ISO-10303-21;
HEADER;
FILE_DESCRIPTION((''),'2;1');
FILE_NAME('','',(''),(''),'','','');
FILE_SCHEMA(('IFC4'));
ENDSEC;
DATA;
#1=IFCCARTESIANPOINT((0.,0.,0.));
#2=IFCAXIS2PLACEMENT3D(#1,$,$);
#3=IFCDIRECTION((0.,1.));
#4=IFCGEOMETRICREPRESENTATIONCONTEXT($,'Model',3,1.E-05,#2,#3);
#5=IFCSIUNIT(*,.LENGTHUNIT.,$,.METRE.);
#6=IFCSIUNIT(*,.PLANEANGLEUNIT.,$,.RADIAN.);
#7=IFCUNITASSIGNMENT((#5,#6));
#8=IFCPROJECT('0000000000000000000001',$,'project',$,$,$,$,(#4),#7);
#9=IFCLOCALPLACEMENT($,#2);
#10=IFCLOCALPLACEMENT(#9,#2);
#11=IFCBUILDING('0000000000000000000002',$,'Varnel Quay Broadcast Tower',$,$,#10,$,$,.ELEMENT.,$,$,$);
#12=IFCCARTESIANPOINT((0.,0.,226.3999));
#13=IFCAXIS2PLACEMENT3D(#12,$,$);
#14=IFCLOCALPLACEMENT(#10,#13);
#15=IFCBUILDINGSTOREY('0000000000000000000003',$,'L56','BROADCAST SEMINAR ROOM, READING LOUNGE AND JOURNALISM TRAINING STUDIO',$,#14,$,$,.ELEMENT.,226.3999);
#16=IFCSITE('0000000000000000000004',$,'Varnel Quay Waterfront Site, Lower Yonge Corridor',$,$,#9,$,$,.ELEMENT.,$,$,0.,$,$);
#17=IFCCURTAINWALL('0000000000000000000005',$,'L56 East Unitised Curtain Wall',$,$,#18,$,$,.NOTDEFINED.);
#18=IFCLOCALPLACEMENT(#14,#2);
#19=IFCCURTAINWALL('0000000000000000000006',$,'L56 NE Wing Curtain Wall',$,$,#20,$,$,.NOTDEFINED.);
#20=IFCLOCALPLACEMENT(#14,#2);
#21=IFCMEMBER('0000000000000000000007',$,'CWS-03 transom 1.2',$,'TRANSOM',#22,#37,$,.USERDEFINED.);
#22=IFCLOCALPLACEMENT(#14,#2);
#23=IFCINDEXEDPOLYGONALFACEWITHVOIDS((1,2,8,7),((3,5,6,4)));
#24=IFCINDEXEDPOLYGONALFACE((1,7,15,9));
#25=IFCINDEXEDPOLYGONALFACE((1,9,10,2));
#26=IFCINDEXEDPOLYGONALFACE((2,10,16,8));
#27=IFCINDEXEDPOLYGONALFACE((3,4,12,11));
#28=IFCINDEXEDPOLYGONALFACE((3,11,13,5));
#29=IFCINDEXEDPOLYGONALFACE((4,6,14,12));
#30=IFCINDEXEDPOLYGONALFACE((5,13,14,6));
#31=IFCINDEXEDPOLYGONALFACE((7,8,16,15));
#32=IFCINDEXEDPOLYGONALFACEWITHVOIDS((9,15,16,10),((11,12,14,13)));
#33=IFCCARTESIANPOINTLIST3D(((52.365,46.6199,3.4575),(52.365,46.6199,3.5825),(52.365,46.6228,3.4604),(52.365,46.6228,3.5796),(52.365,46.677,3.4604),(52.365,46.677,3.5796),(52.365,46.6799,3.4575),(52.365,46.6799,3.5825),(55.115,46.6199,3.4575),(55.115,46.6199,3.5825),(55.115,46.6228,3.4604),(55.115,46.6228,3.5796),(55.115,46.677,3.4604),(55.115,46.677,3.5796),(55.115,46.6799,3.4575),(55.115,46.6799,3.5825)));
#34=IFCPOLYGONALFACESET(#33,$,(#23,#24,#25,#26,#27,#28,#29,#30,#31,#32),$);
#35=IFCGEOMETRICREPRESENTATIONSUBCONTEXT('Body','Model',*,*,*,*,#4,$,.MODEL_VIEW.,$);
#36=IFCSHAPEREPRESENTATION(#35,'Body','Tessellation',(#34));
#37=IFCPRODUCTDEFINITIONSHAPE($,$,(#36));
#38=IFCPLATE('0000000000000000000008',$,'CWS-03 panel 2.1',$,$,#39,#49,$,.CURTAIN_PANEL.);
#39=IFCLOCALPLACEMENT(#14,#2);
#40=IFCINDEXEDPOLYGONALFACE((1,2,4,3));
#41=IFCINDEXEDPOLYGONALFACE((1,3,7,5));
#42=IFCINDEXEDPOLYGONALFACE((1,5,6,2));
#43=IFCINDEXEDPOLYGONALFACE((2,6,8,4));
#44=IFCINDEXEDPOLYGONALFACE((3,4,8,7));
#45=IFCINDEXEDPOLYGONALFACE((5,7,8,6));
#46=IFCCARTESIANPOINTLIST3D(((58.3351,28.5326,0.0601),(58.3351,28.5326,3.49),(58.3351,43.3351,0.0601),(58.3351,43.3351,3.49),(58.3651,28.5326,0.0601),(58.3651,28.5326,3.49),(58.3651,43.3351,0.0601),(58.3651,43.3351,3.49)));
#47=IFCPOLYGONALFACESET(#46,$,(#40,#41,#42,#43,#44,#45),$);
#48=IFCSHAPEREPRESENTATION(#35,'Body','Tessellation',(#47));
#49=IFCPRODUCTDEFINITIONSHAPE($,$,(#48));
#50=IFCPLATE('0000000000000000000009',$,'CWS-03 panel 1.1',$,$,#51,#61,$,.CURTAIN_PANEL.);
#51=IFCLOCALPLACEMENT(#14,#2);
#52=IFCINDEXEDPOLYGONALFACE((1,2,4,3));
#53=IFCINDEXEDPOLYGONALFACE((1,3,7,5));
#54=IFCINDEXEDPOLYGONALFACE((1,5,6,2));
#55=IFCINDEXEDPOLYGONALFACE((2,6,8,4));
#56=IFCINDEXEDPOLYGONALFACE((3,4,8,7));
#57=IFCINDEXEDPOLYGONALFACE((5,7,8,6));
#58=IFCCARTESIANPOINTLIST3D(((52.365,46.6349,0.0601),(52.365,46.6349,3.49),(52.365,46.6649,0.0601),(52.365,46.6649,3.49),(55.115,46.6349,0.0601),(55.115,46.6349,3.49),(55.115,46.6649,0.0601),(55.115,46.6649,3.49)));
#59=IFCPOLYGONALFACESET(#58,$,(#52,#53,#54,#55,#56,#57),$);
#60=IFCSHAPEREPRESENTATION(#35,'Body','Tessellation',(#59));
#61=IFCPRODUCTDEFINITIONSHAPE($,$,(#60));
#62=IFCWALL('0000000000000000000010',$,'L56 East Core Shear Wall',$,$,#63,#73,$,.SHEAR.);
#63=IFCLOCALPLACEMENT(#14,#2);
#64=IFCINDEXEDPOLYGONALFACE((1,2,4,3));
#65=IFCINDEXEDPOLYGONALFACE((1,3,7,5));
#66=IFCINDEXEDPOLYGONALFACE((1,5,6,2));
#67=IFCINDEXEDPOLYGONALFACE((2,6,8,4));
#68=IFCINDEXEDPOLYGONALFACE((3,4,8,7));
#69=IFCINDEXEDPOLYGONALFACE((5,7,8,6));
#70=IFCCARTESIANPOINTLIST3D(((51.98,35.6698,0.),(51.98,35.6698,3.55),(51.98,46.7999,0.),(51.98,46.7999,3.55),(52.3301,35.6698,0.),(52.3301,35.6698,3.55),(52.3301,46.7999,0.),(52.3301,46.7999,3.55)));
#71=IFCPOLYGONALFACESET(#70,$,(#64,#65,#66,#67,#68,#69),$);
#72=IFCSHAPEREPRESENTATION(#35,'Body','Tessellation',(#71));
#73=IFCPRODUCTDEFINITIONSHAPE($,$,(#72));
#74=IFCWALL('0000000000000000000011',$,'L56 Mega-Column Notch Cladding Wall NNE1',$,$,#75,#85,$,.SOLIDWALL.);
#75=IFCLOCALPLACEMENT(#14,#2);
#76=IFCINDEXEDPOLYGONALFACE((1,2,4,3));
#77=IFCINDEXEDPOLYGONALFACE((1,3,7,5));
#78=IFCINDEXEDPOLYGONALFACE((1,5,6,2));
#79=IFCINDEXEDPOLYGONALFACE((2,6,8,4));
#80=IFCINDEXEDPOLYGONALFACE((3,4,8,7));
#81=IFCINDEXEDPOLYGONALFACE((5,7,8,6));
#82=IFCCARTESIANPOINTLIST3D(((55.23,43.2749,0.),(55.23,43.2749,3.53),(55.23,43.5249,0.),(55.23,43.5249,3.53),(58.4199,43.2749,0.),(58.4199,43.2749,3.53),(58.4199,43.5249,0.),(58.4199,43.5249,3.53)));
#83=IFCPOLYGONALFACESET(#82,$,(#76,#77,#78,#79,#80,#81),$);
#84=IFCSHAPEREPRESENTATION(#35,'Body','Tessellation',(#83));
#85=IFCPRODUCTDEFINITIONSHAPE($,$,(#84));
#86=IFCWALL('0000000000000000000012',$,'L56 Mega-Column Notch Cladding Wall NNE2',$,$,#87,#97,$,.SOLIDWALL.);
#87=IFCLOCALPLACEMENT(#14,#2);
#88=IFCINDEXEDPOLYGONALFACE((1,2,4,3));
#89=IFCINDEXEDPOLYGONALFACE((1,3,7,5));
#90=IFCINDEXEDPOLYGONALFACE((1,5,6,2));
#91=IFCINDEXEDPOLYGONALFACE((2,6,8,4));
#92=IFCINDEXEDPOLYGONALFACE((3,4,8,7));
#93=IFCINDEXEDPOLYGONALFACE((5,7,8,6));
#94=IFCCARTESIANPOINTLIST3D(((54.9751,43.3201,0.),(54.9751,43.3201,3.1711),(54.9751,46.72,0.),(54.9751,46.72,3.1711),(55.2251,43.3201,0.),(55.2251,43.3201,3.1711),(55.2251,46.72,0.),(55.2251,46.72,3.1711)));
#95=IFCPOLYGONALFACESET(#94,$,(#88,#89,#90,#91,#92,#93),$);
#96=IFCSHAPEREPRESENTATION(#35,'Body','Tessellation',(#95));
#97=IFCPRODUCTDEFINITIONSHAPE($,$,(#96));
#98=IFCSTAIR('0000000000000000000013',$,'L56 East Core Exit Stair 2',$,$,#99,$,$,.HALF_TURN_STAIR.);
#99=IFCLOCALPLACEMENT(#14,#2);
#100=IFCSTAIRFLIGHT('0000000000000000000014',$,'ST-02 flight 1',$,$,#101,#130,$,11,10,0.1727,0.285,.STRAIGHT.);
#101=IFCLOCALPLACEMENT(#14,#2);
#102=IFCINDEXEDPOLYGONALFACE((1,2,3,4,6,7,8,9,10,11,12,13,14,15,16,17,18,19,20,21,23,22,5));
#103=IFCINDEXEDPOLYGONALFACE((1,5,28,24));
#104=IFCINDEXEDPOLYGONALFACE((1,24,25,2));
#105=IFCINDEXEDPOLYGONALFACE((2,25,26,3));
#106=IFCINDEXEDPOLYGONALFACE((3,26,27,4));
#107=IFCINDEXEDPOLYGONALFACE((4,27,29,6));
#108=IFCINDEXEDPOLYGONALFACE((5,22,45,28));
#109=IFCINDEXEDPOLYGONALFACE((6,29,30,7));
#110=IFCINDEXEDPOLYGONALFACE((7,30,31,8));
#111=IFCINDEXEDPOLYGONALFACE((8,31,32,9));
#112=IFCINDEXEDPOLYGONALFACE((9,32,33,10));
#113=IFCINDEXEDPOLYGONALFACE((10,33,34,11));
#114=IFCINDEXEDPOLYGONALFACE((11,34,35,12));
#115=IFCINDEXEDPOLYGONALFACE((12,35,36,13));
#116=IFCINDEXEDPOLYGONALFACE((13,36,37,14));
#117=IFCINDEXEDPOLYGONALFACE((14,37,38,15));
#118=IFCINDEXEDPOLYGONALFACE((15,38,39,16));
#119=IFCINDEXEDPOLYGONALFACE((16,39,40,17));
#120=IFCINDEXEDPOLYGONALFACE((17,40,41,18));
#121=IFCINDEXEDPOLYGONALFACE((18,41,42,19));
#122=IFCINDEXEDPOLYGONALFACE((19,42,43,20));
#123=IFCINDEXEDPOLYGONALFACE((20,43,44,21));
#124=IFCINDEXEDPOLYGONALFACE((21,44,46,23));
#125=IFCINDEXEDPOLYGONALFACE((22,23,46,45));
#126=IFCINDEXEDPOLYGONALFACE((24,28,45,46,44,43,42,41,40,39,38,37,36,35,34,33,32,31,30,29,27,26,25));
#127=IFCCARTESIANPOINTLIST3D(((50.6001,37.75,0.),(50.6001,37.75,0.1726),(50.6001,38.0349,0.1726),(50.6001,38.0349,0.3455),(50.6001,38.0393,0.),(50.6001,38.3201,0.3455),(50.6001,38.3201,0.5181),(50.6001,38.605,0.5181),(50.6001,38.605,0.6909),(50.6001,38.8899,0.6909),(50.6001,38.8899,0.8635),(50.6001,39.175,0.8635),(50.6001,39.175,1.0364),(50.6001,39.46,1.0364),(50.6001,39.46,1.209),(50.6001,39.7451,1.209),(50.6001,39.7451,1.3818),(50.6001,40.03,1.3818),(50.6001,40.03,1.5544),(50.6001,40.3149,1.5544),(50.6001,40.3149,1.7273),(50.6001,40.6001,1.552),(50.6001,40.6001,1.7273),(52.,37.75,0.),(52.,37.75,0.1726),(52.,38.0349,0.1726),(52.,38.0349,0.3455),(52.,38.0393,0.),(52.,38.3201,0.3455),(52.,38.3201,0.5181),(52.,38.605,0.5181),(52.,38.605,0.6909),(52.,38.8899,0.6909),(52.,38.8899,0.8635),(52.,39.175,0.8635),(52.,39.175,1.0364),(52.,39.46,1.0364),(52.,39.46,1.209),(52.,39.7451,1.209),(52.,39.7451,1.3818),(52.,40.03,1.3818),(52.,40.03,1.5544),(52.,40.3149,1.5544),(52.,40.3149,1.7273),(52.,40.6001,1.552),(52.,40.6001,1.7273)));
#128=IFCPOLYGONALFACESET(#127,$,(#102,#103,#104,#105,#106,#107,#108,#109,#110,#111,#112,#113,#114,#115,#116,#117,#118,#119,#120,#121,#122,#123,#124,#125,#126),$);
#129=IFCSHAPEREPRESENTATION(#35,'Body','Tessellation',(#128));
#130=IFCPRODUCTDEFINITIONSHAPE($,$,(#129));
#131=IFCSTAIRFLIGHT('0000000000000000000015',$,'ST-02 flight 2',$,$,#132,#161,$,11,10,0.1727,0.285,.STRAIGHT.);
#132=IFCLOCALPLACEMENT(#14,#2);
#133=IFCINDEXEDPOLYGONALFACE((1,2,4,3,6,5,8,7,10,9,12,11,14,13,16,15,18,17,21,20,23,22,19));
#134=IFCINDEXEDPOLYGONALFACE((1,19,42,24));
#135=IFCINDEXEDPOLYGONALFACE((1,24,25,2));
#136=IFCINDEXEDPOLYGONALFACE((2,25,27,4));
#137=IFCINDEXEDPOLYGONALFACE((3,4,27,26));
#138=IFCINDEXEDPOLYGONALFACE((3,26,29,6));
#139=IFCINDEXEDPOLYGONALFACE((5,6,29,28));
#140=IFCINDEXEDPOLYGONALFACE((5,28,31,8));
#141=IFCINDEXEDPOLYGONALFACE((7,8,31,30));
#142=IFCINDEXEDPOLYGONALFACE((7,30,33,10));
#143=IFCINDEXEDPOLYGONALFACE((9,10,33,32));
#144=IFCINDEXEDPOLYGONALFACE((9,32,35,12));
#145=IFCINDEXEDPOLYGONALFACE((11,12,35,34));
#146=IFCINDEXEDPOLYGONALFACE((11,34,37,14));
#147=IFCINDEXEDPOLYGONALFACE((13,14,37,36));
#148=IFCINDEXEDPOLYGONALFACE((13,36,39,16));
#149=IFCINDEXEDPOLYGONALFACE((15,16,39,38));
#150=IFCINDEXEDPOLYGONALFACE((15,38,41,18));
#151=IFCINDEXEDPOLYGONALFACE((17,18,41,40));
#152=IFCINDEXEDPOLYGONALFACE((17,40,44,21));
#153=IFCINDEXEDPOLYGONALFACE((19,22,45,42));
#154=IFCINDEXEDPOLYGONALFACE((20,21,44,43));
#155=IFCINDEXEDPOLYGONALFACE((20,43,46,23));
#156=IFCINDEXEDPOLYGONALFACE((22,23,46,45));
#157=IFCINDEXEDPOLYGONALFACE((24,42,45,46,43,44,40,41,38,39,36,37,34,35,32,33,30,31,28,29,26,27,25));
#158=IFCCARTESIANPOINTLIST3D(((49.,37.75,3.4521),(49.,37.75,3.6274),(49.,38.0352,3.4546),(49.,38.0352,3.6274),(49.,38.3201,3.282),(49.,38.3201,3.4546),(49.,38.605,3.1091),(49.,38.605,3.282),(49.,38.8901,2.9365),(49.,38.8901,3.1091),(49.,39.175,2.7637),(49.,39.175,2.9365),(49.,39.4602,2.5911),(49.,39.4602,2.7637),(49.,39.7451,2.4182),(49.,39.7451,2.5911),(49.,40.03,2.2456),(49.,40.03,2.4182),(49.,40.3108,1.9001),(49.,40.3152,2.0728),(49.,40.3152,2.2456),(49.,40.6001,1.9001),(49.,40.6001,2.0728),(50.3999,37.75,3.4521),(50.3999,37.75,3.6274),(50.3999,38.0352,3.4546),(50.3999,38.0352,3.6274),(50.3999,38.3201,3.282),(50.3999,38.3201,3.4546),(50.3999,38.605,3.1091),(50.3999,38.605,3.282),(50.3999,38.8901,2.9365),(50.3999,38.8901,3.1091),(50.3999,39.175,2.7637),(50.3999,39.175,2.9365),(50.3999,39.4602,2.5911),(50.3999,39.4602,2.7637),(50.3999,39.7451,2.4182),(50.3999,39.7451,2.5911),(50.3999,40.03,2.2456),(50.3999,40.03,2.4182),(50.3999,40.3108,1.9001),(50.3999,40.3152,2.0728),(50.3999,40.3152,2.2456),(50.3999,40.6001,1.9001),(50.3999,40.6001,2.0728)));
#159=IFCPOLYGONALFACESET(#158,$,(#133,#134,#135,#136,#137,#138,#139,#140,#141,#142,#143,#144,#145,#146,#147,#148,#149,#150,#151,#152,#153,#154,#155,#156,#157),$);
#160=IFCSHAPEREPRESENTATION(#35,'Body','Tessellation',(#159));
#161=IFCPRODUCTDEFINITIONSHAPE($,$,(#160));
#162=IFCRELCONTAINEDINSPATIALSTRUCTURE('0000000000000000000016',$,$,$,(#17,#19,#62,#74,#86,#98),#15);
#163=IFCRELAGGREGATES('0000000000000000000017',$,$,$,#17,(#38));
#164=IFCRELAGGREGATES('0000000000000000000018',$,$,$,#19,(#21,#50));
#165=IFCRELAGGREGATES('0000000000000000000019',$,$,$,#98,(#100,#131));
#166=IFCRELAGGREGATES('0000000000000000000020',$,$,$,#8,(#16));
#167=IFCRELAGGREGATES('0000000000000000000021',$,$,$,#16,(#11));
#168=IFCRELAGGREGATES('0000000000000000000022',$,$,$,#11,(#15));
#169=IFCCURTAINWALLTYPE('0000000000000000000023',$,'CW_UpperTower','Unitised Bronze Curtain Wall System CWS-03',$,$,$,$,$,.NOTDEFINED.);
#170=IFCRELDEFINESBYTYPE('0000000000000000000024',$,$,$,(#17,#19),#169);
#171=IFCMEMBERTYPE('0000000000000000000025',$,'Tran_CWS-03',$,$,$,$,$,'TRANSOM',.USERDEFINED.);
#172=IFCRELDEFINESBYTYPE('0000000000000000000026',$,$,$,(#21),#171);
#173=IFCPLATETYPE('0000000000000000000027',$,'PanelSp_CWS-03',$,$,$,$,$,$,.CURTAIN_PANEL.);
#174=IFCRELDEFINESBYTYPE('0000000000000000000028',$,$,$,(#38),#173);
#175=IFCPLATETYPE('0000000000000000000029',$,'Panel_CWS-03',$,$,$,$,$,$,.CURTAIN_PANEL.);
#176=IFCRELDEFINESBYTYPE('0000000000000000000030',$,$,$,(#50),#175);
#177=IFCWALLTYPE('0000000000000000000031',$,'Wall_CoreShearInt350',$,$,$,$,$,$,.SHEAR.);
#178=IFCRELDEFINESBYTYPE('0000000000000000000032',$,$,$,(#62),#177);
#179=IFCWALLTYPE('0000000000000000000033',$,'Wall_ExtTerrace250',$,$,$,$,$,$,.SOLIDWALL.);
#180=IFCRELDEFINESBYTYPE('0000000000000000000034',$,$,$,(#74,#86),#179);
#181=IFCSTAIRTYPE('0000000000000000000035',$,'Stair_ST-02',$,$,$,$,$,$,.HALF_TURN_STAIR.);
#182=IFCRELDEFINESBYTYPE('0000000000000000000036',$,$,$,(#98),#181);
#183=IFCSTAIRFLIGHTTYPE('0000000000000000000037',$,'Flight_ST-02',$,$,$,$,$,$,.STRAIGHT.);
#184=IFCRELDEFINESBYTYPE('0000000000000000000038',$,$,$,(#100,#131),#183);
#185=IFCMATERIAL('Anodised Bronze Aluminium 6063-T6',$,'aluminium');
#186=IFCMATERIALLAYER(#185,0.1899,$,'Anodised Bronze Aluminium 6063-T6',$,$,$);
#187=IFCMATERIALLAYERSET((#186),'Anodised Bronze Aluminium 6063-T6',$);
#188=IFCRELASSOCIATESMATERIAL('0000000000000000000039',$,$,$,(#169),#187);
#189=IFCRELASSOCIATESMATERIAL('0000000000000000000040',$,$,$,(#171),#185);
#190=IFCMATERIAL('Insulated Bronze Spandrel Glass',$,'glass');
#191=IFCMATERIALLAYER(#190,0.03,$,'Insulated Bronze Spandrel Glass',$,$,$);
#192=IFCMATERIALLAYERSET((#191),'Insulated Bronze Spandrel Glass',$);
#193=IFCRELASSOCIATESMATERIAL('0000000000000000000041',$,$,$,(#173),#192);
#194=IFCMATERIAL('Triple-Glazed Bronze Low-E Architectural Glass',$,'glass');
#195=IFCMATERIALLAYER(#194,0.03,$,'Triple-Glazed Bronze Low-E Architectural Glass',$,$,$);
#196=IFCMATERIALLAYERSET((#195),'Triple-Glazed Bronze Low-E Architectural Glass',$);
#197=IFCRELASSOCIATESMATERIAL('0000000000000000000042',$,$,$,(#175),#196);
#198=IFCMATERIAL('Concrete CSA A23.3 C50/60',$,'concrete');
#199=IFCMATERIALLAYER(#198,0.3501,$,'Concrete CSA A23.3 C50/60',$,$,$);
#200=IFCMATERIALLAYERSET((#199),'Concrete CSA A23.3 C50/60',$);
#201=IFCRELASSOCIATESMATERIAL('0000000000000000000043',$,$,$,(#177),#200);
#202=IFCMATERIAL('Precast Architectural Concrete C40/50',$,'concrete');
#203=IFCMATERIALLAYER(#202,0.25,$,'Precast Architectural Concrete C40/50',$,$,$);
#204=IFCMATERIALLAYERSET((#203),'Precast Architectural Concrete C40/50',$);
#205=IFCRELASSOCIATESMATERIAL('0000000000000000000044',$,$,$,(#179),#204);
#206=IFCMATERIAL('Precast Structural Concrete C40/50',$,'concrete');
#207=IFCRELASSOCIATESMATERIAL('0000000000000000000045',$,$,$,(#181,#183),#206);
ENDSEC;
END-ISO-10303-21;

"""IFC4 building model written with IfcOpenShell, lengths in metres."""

from ifc_helpers import new_model, si_unit, direction, frame, frame_2d, origin, origin_2d, place, context, subcontext, project, spatial, polyline, rectangle, hollow_rectangle, outline, extrude, source, transform, mapped, material, layer, layer_set, material_profile, profile_set, type_object, type_shapes, element, aggregate, save


model = new_model("IFC4")

# Units and contexts
model_context = context("Model", 3, precision=1e-05, world=origin(), true_north=direction((0.0, 1.0)))
body_context = subcontext(model_context, "Body", "Model", "MODEL_VIEW")
ifc_project = project(units=[si_unit("LENGTHUNIT", "METRE"), si_unit("PLANEANGLEUNIT", "RADIAN")], contexts=[model_context])

# Site, building, storey
site_placement = place(None, origin())
site = spatial("IfcSite", under=ifc_project, at=site_placement, Name="Varnel Quay Waterfront Site, Lower Yonge Corridor", CompositionType="ELEMENT", RefElevation=0.0)
building_placement = place(site_placement, origin())
building = spatial("IfcBuilding", under=site, at=building_placement, Name="Varnel Quay Broadcast Tower", CompositionType="ELEMENT")
storey_placement = place(building_placement, frame((0.0, 0.0, 226.3999)))
storey = spatial("IfcBuildingStorey", under=building, at=storey_placement, Name="L56", Description="BROADCAST SEMINAR ROOM, READING LOUNGE AND JOURNALISM TRAINING STUDIO", CompositionType="ELEMENT", Elevation=226.3999)

# Curtain wall
ifc_material_1 = material(Name="Anodised Bronze Aluminium 6063-T6", Category="aluminium")
ifc_layer_1 = layer(ifc_material_1, 0.1899, Name="Anodised Bronze Aluminium 6063-T6")
ifc_layer_set_1 = layer_set([ifc_layer_1], Name="Anodised Bronze Aluminium 6063-T6")
curtain_wall_type = type_object("IfcCurtainWallType", Name="CW_UpperTower", Description="Unitised Bronze Curtain Wall System CWS-03", PredefinedType="NOTDEFINED", material=ifc_layer_set_1)
curtain_wall_1_placement = place(storey_placement, origin())
curtain_wall_1 = element("IfcCurtainWall", 1, at=curtain_wall_1_placement, inside=storey, type_object=curtain_wall_type, Name="L56 East Unitised Curtain Wall", PredefinedType="NOTDEFINED")

# Curtain wall, member
curtain_wall_2_placement = place(storey_placement, origin())
curtain_wall_2 = element("IfcCurtainWall", 2, at=curtain_wall_2_placement, inside=storey, type_object=curtain_wall_type, Name="L56 NE Wing Curtain Wall", PredefinedType="NOTDEFINED")
ifc_material_profile_1 = material_profile(ifc_material_1, hollow_rectangle(XDim=0.0601, YDim=0.125, WallThickness=0.0029, at=origin_2d()), Name="ALU60X125X3")
ifc_profile_set_1 = profile_set([ifc_material_profile_1], Name="Anodised Bronze Aluminium 6063-T6")
member_type_1 = type_object("IfcMemberType", Name="Tran_CWS-03", ElementType="TRANSOM", PredefinedType="USERDEFINED", material=ifc_profile_set_1)
shared_shape_1 = source(origin(), body_context, "Body", "SweptSolid", [
    extrude(hollow_rectangle(XDim=0.0601, YDim=0.125, WallThickness=0.0029, at=origin_2d()), origin(), (0.0, 0.0, 1.0), 2.75),
])
type_shapes(member_type_1, [shared_shape_1])
member_1_placement = place(storey_placement, frame((52.365, 46.6499, 3.52), z_axis=(1.0, 0.0, 0.0), x_axis=(0.0, 1.0, 0.0)))
member_1 = element("IfcMember", 3, at=member_1_placement, type_object=member_type_1, Name="CWS-03 transom 1.2", ObjectType="TRANSOM", PredefinedType="USERDEFINED", context=body_context, shape_type="MappedRepresentation", body=[
    mapped(shared_shape_1, transform((0.0, 0.0, 0.0), x_axis=(1.0, 0.0, 0.0), y_axis=(0.0, 1.0, 0.0), z_axis=(0.0, 0.0, 1.0), scale=1.0)),
])

# Plates
ifc_material_2 = material(Name="Insulated Bronze Spandrel Glass", Category="glass")
ifc_layer_2 = layer(ifc_material_2, 0.03, Name="Insulated Bronze Spandrel Glass")
ifc_layer_set_2 = layer_set([ifc_layer_2], Name="Insulated Bronze Spandrel Glass")
plate_type_1 = type_object("IfcPlateType", Name="PanelSp_CWS-03", PredefinedType="CURTAIN_PANEL", material=ifc_layer_set_2)
shared_shape_2 = source(origin(), body_context, "Body", "SweptSolid", [
    extrude(rectangle(XDim=14.8025, YDim=0.03, at=origin_2d()), origin(), (0.0, 0.0, 1.0), 3.4299),
])
type_shapes(plate_type_1, [shared_shape_2])
plate_1_placement = place(storey_placement, frame((58.3501, 35.9338, 0.0601), z_axis=(0.0, 0.0, 1.0), x_axis=(0.0, 1.0, 0.0)))
plate_1 = element("IfcPlate", 4, at=plate_1_placement, type_object=plate_type_1, Name="CWS-03 panel 2.1", PredefinedType="CURTAIN_PANEL", context=body_context, shape_type="MappedRepresentation", body=[
    mapped(shared_shape_2, transform((0.0, 0.0, 0.0), x_axis=(1.0, 0.0, 0.0), y_axis=(0.0, 1.0, 0.0), z_axis=(0.0, 0.0, 1.0), scale=1.0)),
])
aggregate(curtain_wall_1, [plate_1])
ifc_material_3 = material(Name="Triple-Glazed Bronze Low-E Architectural Glass", Category="glass")
ifc_layer_3 = layer(ifc_material_3, 0.03, Name="Triple-Glazed Bronze Low-E Architectural Glass")
ifc_layer_set_3 = layer_set([ifc_layer_3], Name="Triple-Glazed Bronze Low-E Architectural Glass")
plate_type_2 = type_object("IfcPlateType", Name="Panel_CWS-03", PredefinedType="CURTAIN_PANEL", material=ifc_layer_set_3)
shared_shape_3 = source(origin(), body_context, "Body", "SweptSolid", [
    extrude(rectangle(XDim=2.75, YDim=0.03, at=origin_2d()), origin(), (0.0, 0.0, 1.0), 3.4299),
])
type_shapes(plate_type_2, [shared_shape_3])
plate_2_placement = place(storey_placement, frame((53.74, 46.6499, 0.0601), z_axis=(0.0, 0.0, 1.0), x_axis=(1.0, 0.0, 0.0)))
plate_2 = element("IfcPlate", 5, at=plate_2_placement, type_object=plate_type_2, Name="CWS-03 panel 1.1", PredefinedType="CURTAIN_PANEL", context=body_context, shape_type="MappedRepresentation", body=[
    mapped(shared_shape_3, transform((0.0, 0.0, 0.0), x_axis=(1.0, 0.0, 0.0), y_axis=(0.0, 1.0, 0.0), z_axis=(0.0, 0.0, 1.0), scale=1.0)),
])
aggregate(curtain_wall_2, [member_1, plate_2])

# Walls
ifc_material_4 = material(Name="Concrete CSA A23.3 C50/60", Category="concrete")
ifc_layer_4 = layer(ifc_material_4, 0.3501, Name="Concrete CSA A23.3 C50/60")
ifc_layer_set_4 = layer_set([ifc_layer_4], Name="Concrete CSA A23.3 C50/60")
wall_type_1 = type_object("IfcWallType", Name="Wall_CoreShearInt350", PredefinedType="SHEAR", material=ifc_layer_set_4)
wall_1_placement = place(storey_placement, frame((52.155, 35.6699, 0.0), z_axis=(0.0, 0.0, 1.0), x_axis=(0.0, 1.0, 0.0)))
element("IfcWall", 6, at=wall_1_placement, inside=storey, type_object=wall_type_1, Name="L56 East Core Shear Wall", PredefinedType="SHEAR", context=body_context, shape_type="SweptSolid", body=[
    extrude(rectangle(XDim=11.1301, YDim=0.3501, at=frame_2d((5.5649, 0.0))), origin(), (0.0, 0.0, 1.0), 3.55),
])
ifc_material_5 = material(Name="Precast Architectural Concrete C40/50", Category="concrete")
ifc_layer_5 = layer(ifc_material_5, 0.25, Name="Precast Architectural Concrete C40/50")
ifc_layer_set_5 = layer_set([ifc_layer_5], Name="Precast Architectural Concrete C40/50")
wall_type_2 = type_object("IfcWallType", Name="Wall_ExtTerrace250", PredefinedType="SOLIDWALL", material=ifc_layer_set_5)
wall_2_placement = place(storey_placement, frame((55.23, 43.3999, 0.0), z_axis=(0.0, 0.0, 1.0), x_axis=(1.0, 0.0, 0.0)))
element("IfcWall", 7, at=wall_2_placement, inside=storey, type_object=wall_type_2, Name="L56 Mega-Column Notch Cladding Wall NNE1", PredefinedType="SOLIDWALL", context=body_context, shape_type="SweptSolid", body=[
    extrude(rectangle(XDim=3.1899, YDim=0.25, at=frame_2d((1.595, 0.0))), origin(), (0.0, 0.0, 1.0), 3.53),
])
wall_3_placement = place(storey_placement, frame((55.1001, 43.3201, 0.0), z_axis=(0.0, 0.0, 1.0), x_axis=(0.0, 1.0, 0.0)))
element("IfcWall", 8, at=wall_3_placement, inside=storey, type_object=wall_type_2, Name="L56 Mega-Column Notch Cladding Wall NNE2", PredefinedType="SOLIDWALL", context=body_context, shape_type="SweptSolid", body=[
    extrude(rectangle(XDim=3.3999, YDim=0.25, at=frame_2d((1.7, 0.0))), origin(), (0.0, 0.0, 1.0), 3.1711),
])

# Stair, stair flights
ifc_material_6 = material(Name="Precast Structural Concrete C40/50", Category="concrete")
stair_type = type_object("IfcStairType", Name="Stair_ST-02", PredefinedType="HALF_TURN_STAIR", material=ifc_material_6)
stair_placement = place(storey_placement, origin())
stair = element("IfcStair", 9, at=stair_placement, inside=storey, type_object=stair_type, Name="L56 East Core Exit Stair 2", PredefinedType="HALF_TURN_STAIR")
stair_flight_type = type_object("IfcStairFlightType", Name="Flight_ST-02", PredefinedType="STRAIGHT", material=ifc_material_6)
stair_flight_1_placement = place(storey_placement, frame((51.3, 37.75, 0.0), z_axis=(0.0, 0.0, 1.0), x_axis=(0.0, 1.0, 0.0)))
stair_flight_1 = element("IfcStairFlight", 10, at=stair_flight_1_placement, type_object=stair_flight_type, Name="ST-02 flight 1", NumberOfRisers=11, NumberOfTreads=10, PredefinedType="STRAIGHT", RiserHeight=0.1727, TreadLength=0.285, context=body_context, shape_type="SweptSolid", body=[
    extrude(outline(polyline([(0.0, 0.0), (0.0, 0.1726), (0.2849, 0.1726), (0.2849, 0.3455), (0.5701, 0.3455), (0.5701, 0.5181), (0.855, 0.5181), (0.855, 0.6909), (1.1399, 0.6909), (1.1399, 0.8635), (1.425, 0.8635), (1.425, 1.0364), (1.71, 1.0364), (1.71, 1.209), (1.9951, 1.209), (1.9951, 1.3818), (2.28, 1.3818), (2.28, 1.5544), (2.5649, 1.5544), (2.5649, 1.7273), (2.8501, 1.7273), (2.8501, 1.8999), (2.8501, 1.552), (0.2893, 0.0), (0.0, 0.0)])), frame((0.0, 0.7, 0.0), z_axis=(0.0, -1.0, 0.0), x_axis=(1.0, 0.0, 0.0)), (0.0, 0.0, 1.0), 1.3999),
])
stair_flight_2_placement = place(storey_placement, frame((49.7, 40.6001, 1.9001), z_axis=(0.0, 0.0, 1.0), x_axis=(0.0, -1.0, 0.0)))
stair_flight_2 = element("IfcStairFlight", 11, at=stair_flight_2_placement, type_object=stair_flight_type, Name="ST-02 flight 2", NumberOfRisers=11, NumberOfTreads=10, PredefinedType="STRAIGHT", RiserHeight=0.1727, TreadLength=0.285, context=body_context, shape_type="SweptSolid", body=[
    extrude(outline(polyline([(0.0, 0.0), (0.0, 0.1726), (0.2849, 0.1726), (0.2849, 0.3455), (0.5701, 0.3455), (0.5701, 0.5181), (0.855, 0.5181), (0.855, 0.6909), (1.1399, 0.6909), (1.1399, 0.8635), (1.425, 0.8635), (1.425, 1.0364), (1.71, 1.0364), (1.71, 1.209), (1.9951, 1.209), (1.9951, 1.3818), (2.28, 1.3818), (2.28, 1.5544), (2.5649, 1.5544), (2.5649, 1.7273), (2.8501, 1.7273), (2.8501, 1.8999), (2.8501, 1.552), (0.2893, 0.0), (0.0, 0.0)])), frame((0.0, 0.7, 0.0), z_axis=(0.0, -1.0, 0.0), x_axis=(1.0, 0.0, 0.0)), (0.0, 0.0, 1.0), 1.3999),
])
aggregate(stair, [stair_flight_1, stair_flight_2])

save(model, "model.ifc")
